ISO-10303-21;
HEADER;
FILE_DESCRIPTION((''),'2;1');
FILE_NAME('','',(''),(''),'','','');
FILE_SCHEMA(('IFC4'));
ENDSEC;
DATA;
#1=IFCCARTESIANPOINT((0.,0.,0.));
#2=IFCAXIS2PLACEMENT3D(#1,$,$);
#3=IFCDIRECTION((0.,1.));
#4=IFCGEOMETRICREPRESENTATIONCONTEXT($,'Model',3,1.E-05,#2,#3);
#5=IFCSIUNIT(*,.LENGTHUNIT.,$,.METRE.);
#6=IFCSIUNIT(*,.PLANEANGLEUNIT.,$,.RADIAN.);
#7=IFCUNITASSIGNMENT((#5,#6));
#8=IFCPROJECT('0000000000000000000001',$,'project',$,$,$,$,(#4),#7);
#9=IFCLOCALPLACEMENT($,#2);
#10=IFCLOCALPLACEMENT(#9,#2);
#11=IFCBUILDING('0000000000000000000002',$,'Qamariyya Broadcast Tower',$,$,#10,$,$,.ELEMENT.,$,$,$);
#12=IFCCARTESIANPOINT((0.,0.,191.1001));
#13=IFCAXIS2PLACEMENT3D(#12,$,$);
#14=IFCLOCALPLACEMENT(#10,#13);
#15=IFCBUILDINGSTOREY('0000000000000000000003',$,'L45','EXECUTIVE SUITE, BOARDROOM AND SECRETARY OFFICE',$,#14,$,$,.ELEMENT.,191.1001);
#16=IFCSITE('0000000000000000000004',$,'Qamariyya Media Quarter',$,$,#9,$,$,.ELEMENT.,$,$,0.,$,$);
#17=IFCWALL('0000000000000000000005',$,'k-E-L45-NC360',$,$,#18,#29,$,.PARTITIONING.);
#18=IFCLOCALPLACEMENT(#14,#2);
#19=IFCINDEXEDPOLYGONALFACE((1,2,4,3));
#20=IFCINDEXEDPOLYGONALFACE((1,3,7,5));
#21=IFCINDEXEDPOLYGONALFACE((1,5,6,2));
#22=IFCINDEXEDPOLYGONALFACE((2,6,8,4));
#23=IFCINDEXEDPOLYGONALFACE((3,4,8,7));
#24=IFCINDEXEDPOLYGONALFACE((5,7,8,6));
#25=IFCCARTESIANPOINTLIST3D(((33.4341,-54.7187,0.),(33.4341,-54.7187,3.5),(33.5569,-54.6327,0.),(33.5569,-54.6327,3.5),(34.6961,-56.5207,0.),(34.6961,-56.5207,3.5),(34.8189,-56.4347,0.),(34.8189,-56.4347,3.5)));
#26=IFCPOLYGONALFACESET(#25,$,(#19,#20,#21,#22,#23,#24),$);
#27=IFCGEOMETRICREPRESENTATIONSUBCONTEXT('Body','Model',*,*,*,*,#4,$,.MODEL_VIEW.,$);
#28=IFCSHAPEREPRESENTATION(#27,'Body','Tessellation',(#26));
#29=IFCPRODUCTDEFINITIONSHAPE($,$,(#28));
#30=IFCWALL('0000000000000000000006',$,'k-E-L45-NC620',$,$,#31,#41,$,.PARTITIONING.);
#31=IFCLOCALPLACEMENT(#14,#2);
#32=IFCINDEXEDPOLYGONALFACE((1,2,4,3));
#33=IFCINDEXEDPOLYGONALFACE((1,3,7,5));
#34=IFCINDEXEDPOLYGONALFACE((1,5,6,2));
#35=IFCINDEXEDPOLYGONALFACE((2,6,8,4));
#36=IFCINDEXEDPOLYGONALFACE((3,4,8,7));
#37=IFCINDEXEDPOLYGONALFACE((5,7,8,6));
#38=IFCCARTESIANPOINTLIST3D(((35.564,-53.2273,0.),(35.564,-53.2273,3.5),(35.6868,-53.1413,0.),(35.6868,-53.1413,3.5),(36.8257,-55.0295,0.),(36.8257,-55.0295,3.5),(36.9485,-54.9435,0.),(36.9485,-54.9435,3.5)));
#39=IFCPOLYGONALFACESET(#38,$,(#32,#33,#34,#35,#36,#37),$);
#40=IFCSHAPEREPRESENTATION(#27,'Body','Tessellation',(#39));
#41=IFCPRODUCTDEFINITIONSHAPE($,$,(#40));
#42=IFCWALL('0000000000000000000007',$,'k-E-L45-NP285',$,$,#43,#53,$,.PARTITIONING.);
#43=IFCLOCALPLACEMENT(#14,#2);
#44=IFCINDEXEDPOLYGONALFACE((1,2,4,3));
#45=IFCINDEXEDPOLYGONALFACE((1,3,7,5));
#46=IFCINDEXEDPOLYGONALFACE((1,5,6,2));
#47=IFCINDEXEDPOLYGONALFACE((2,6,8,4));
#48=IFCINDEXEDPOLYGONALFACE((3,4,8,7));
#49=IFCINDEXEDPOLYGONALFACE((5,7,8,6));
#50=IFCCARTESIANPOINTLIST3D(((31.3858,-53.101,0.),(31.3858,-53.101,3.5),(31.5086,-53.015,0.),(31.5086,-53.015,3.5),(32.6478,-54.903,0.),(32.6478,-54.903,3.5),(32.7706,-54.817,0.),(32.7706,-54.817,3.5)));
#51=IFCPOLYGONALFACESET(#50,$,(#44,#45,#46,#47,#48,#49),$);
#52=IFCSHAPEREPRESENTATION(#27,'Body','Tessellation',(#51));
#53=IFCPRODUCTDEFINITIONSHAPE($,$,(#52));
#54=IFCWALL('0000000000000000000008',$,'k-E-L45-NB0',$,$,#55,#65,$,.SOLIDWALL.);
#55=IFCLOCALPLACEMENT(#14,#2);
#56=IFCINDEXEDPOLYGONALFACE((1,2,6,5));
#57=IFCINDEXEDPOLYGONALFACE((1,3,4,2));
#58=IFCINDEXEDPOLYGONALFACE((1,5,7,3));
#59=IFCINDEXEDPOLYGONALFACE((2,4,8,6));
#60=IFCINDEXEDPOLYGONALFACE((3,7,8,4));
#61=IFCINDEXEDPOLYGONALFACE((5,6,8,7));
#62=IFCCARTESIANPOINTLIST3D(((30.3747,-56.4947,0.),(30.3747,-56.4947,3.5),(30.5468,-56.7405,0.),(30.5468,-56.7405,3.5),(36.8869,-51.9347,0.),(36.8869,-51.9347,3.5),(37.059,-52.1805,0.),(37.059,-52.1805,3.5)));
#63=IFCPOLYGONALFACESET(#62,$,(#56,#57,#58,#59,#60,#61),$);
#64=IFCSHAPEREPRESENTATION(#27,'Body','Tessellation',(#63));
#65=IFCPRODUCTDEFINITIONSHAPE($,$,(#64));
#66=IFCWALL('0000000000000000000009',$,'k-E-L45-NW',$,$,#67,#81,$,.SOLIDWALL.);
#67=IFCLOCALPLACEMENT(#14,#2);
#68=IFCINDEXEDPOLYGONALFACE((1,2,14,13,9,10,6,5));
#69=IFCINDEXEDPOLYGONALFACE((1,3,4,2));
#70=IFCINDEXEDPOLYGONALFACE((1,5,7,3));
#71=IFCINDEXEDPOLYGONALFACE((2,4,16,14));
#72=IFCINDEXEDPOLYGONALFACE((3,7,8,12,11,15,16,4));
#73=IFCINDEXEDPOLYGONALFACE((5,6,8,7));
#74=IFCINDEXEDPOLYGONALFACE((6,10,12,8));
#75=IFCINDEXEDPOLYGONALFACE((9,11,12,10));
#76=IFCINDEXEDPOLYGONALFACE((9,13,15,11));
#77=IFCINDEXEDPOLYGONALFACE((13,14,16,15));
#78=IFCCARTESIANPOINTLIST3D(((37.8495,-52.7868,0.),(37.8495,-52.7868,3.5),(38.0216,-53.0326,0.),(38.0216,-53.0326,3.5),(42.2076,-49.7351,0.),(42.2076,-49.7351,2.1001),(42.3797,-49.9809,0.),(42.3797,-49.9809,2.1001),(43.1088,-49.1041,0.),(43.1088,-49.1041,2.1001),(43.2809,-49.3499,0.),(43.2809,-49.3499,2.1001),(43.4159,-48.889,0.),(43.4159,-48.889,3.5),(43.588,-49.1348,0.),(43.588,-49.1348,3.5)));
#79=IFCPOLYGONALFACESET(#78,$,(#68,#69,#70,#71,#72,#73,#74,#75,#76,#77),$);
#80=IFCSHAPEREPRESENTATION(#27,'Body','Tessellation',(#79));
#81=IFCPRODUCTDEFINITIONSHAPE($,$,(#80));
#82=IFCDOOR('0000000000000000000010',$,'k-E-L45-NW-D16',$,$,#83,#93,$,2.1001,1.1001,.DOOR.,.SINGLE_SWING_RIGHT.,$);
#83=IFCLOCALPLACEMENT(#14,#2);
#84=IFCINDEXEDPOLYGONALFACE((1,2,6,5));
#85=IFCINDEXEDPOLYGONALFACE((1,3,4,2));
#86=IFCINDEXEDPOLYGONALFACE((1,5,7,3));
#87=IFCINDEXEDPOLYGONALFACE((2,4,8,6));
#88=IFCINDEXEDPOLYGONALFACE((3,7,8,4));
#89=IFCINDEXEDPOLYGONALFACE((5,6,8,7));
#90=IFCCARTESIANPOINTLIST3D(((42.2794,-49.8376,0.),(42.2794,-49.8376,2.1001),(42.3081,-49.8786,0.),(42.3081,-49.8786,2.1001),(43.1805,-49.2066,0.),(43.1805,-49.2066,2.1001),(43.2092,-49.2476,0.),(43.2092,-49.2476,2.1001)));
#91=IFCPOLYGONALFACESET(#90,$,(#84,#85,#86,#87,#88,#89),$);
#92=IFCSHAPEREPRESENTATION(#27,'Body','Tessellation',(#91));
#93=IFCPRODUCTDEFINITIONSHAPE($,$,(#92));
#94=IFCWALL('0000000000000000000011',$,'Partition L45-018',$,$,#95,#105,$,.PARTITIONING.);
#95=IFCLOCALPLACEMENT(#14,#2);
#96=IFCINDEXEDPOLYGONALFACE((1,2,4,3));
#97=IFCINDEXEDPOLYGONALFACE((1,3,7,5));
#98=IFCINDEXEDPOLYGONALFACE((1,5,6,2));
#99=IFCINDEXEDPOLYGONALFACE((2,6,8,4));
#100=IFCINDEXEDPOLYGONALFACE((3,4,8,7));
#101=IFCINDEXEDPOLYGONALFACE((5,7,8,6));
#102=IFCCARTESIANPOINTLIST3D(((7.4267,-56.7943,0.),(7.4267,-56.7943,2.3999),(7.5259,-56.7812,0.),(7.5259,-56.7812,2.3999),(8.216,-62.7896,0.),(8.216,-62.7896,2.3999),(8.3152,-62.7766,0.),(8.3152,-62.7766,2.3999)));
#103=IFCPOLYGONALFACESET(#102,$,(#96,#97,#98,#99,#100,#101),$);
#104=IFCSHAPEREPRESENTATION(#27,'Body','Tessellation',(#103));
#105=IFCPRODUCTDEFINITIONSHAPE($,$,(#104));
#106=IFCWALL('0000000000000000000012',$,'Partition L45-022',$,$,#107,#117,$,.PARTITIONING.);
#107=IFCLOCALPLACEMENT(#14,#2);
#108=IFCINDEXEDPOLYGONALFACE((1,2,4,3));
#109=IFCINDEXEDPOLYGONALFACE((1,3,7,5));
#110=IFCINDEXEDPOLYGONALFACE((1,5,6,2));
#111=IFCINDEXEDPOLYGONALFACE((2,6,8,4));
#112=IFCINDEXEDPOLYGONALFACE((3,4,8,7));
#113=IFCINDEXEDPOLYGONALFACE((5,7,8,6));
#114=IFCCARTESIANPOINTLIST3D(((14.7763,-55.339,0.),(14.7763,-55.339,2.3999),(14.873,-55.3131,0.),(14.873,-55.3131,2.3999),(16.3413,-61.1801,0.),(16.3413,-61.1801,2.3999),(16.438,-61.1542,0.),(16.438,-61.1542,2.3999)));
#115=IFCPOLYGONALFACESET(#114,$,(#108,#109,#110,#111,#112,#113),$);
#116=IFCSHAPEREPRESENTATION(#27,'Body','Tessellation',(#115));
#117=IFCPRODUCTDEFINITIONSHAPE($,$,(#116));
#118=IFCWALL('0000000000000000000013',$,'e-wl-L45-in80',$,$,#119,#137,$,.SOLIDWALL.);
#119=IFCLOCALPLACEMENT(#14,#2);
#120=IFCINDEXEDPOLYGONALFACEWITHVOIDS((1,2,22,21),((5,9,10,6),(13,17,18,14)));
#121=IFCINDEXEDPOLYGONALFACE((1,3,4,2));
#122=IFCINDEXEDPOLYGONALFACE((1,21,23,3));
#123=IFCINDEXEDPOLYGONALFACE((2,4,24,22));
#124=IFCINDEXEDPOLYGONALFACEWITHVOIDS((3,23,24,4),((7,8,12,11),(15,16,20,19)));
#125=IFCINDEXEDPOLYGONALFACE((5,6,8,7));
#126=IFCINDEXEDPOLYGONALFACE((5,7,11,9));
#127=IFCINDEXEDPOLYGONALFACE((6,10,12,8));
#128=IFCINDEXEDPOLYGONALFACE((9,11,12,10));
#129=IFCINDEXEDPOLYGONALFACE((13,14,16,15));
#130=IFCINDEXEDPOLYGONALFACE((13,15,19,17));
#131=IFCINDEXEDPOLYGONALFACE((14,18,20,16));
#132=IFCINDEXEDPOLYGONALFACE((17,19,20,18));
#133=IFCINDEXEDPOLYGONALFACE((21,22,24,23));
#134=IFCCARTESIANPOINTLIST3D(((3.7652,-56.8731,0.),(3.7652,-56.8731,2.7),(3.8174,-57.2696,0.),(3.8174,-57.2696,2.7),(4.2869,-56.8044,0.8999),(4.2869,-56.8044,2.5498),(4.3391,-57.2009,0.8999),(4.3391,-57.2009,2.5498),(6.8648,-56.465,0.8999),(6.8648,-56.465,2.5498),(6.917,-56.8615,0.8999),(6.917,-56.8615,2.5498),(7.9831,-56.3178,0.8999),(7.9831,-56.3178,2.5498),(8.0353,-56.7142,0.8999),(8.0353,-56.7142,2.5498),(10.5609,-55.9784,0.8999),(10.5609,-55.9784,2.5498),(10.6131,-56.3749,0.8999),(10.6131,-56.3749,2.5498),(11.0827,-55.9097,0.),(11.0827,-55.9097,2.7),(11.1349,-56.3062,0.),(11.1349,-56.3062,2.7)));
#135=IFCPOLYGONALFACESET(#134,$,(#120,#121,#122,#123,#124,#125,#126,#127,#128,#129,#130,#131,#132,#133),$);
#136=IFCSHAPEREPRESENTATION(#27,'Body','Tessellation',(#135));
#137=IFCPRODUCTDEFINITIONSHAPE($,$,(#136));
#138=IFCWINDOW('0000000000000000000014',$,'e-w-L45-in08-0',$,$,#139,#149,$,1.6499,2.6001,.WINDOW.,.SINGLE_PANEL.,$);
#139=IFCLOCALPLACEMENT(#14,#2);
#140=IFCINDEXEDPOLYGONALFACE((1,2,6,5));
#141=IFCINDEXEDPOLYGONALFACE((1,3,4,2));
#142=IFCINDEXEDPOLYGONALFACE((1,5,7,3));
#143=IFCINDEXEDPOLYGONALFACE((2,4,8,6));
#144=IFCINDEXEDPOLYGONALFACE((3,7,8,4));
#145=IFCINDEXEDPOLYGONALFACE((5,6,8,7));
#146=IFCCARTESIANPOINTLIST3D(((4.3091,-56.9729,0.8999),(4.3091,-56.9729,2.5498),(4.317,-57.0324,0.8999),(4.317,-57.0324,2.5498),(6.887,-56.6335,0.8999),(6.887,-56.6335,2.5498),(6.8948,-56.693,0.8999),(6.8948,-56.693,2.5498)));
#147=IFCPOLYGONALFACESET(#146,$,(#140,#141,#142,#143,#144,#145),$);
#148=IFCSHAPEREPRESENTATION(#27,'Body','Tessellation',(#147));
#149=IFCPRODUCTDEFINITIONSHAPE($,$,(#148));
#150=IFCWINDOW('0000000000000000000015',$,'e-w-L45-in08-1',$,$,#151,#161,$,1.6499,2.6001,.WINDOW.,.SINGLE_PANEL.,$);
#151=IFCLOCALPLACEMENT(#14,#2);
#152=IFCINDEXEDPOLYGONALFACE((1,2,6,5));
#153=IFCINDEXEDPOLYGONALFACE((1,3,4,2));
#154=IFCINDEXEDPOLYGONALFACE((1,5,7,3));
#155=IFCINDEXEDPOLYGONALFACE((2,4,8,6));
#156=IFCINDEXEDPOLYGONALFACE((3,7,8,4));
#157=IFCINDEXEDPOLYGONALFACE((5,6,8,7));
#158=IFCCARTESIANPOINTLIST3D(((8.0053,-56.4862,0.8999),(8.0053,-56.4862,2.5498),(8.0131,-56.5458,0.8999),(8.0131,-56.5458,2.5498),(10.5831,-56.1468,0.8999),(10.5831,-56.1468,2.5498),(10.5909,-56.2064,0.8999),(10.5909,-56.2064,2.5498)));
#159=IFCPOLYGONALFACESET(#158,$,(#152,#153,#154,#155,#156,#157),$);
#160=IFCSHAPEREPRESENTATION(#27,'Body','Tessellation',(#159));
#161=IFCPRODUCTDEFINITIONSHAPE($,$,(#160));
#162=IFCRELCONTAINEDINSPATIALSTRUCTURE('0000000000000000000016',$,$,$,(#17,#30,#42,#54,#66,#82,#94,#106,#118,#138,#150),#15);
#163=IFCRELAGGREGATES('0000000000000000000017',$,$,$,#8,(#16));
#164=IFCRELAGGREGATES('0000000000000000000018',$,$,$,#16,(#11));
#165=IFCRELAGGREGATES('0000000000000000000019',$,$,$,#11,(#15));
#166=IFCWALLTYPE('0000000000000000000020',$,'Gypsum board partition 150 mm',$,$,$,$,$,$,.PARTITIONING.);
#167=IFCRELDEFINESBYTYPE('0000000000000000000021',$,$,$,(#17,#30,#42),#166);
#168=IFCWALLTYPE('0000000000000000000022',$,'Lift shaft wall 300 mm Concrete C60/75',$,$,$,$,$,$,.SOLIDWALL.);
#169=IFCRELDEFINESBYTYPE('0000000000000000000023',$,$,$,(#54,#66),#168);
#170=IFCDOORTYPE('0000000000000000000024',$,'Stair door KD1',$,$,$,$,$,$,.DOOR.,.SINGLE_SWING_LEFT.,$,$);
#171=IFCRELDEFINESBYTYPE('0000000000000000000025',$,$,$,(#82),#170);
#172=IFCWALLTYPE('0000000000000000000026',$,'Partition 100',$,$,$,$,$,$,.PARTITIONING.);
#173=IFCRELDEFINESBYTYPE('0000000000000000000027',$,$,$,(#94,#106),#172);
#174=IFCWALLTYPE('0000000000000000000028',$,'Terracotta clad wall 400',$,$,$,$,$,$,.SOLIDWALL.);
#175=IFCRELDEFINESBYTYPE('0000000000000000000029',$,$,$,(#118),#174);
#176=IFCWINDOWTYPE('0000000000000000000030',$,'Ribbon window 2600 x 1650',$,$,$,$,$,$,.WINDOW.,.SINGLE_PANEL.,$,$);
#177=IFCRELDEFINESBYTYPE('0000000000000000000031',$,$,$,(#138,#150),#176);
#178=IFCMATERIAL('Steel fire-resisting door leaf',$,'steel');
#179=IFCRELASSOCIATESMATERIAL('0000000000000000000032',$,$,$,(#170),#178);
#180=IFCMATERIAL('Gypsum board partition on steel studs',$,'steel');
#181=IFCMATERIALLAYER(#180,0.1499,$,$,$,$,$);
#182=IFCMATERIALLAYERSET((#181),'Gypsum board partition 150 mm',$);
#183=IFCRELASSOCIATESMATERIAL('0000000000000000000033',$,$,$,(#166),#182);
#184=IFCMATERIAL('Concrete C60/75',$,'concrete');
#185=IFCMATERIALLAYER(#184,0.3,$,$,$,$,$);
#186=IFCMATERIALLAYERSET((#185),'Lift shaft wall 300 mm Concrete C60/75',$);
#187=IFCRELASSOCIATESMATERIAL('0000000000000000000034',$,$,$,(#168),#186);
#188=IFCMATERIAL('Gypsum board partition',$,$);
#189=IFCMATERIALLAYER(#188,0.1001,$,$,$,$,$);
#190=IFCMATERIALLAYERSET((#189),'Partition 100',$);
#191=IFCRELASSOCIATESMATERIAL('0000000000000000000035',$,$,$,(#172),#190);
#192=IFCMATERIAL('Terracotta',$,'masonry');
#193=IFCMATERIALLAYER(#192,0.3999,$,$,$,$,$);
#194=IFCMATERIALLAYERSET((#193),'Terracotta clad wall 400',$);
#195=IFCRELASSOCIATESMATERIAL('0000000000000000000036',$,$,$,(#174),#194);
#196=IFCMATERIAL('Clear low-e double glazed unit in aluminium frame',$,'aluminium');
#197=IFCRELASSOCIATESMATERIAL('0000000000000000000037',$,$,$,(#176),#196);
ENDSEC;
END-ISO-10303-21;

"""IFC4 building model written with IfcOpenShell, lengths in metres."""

from ifc_helpers import new_model, si_unit, direction, frame, frame_2d, origin, place, context, subcontext, project, spatial, rectangle, extrude, material, layer, layer_set, type_object, element, fill, save


model = new_model("IFC4")

# Units and contexts
model_context = context("Model", 3, precision=1e-05, world=origin(), true_north=direction((0.0, 1.0)))
body_context = subcontext(model_context, "Body", "Model", "MODEL_VIEW")
ifc_project = project(units=[si_unit("LENGTHUNIT", "METRE"), si_unit("PLANEANGLEUNIT", "RADIAN")], contexts=[model_context])

# Site, building, storey
site_placement = place(None, origin())
site = spatial("IfcSite", under=ifc_project, at=site_placement, Name="Qamariyya Media Quarter", CompositionType="ELEMENT", RefElevation=0.0)
building_placement = place(site_placement, origin())
building = spatial("IfcBuilding", under=site, at=building_placement, Name="Qamariyya Broadcast Tower", CompositionType="ELEMENT")
storey_placement = place(building_placement, frame((0.0, 0.0, 191.1001)))
storey = spatial("IfcBuildingStorey", under=building, at=storey_placement, Name="L45", Description="EXECUTIVE SUITE, BOARDROOM AND SECRETARY OFFICE", CompositionType="ELEMENT", Elevation=191.1001)

# Shared definitions
ifc_material_1 = material(Name="Concrete C60/75", Category="concrete")

# Shared definitions
ifc_material_2 = material(Name="Steel fire-resisting door leaf", Category="steel")
door_type_1 = type_object("IfcDoorType", Name="Stair door KD1", OperationType="SINGLE_SWING_LEFT", PredefinedType="DOOR", material=ifc_material_2)

# Walls
ifc_material_3 = material(Name="Gypsum board partition")
ifc_material_4 = material(Name="Gypsum board partition on steel studs", Category="steel")
ifc_layer_1 = layer(ifc_material_4, 0.1499)
ifc_layer_set_1 = layer_set([ifc_layer_1], Name="Gypsum board partition 150 mm")
wall_type_1 = type_object("IfcWallType", Name="Gypsum board partition 150 mm", PredefinedType="PARTITIONING", material=ifc_layer_set_1)
for number, where, z_axis, x_axis, name in (
    (1, (34.7576, -56.4778, 0.0), (0.0, 0.0, 1.0), (-0.573634, 0.819112, 0.0), "k-E-L45-NC360"),
    (2, (36.8872, -54.9866, 0.0), (0.0, 0.0, 1.0), (-0.573507, 0.819201, 0.0), "k-E-L45-NC620"),
    (3, (32.7092, -54.8601, 0.0), (0.0, 0.0, 1.0), (-0.573634, 0.819112, 0.0), "k-E-L45-NP285"),
):
    element("IfcWall", number, at=place(storey_placement, frame(where, z_axis=z_axis, x_axis=x_axis)), inside=storey, type_object=wall_type_1, Name=name, PredefinedType="PARTITIONING", context=body_context, shape_type="SweptSolid", body=[
        extrude(rectangle(XDim=2.2, YDim=0.1499, at=frame_2d((1.1001, 0.0))), origin(), (0.0, 0.0, 1.0), 3.5),
    ])
ifc_layer_2 = layer(ifc_material_1, 0.3)
ifc_layer_set_2 = layer_set([ifc_layer_2], Name="Lift shaft wall 300 mm Concrete C60/75")
wall_type_2 = type_object("IfcWallType", Name="Lift shaft wall 300 mm Concrete C60/75", PredefinedType="SOLIDWALL", material=ifc_layer_set_2)
wall_1_placement = place(storey_placement, frame((30.4607, -56.6177, 0.0), z_axis=(0.0, 0.0, 1.0), x_axis=(0.819142, 0.57359, 0.0)))
element("IfcWall", 4, at=wall_1_placement, inside=storey, type_object=wall_type_2, Name="k-E-L45-NB0", PredefinedType="SOLIDWALL", context=body_context, shape_type="SweptSolid", body=[
    extrude(rectangle(XDim=7.95, YDim=0.3, at=frame_2d((3.9751, 0.0))), origin(), (0.0, 0.0, 1.0), 3.5),
])

# Wall, opening, door
wall_2_placement = place(storey_placement, frame((37.9355, -52.9097, 0.0), z_axis=(0.0, 0.0, 1.0), x_axis=(0.819148, 0.573583, 0.0)))
wall_2 = element("IfcWall", 5, at=wall_2_placement, inside=storey, type_object=wall_type_2, Name="k-E-L45-NW", PredefinedType="SOLIDWALL", context=body_context, shape_type="SweptSolid", body=[
    extrude(rectangle(XDim=6.7954, YDim=0.3, at=frame_2d((3.3977, 0.0))), origin(), (0.0, 0.0, 1.0), 3.5),
])
opening_1_placement = place(wall_2_placement, frame((5.3203, 0.0, 0.0)))
opening_1 = element("IfcOpeningElement", 6, at=opening_1_placement, cuts=wall_2, PredefinedType="OPENING", context=body_context, shape_type="SweptSolid", body=[
    extrude(rectangle(XDim=1.1001, YDim=2.1001, at=frame_2d((0.55, 1.05))), frame((0.0, 0.1599, 0.0), z_axis=(0.0, -1.0, 0.0), x_axis=(1.0, 0.0, 0.0)), (0.0, 0.0, 1.0), 0.3201),
])
door_1_placement = place(opening_1_placement, origin())
door_1 = element("IfcDoor", 7, at=door_1_placement, inside=storey, type_object=door_type_1, Name="k-E-L45-NW-D16", OperationType="SINGLE_SWING_RIGHT", OverallHeight=2.1001, OverallWidth=1.1001, PredefinedType="DOOR", context=body_context, shape_type="SweptSolid", body=[
    extrude(rectangle(XDim=1.1001, YDim=2.1001, at=frame_2d((0.55, 1.05))), frame((0.0, 0.0249, 0.0), z_axis=(0.0, -1.0, 0.0), x_axis=(1.0, 0.0, 0.0)), (0.0, 0.0, 1.0), 0.05),
])
fill(opening_1, door_1)

# Walls
ifc_layer_3 = layer(ifc_material_3, 0.1001)
ifc_layer_set_3 = layer_set([ifc_layer_3], Name="Partition 100")
wall_type_3 = type_object("IfcWallType", Name="Partition 100", PredefinedType="PARTITIONING", material=ifc_layer_set_3)
for number, where, z_axis, x_axis, name in (
    (8, (7.4763, -56.7878, 0.0), (0.0, 0.0, 1.0), (0.130527, -0.991445, 0.0), "Partition L45-018"),
    (9, (14.8247, -55.3262, 0.0), (0.0, 0.0, 1.0), (0.258793, -0.965933, 0.0), "Partition L45-022"),
):
    element("IfcWall", number, at=place(storey_placement, frame(where, z_axis=z_axis, x_axis=x_axis)), inside=storey, type_object=wall_type_3, Name=name, PredefinedType="PARTITIONING", context=body_context, shape_type="SweptSolid", body=[
        extrude(rectangle(XDim=6.0471, YDim=0.1001, at=frame_2d((3.0234, 0.0))), origin(), (0.0, 0.0, 1.0), 2.3999),
    ])

# Wall, openings, windows
ifc_material_5 = material(Name="Terracotta", Category="masonry")
ifc_layer_4 = layer(ifc_material_5, 0.3999)
ifc_layer_set_4 = layer_set([ifc_layer_4], Name="Terracotta clad wall 400")
wall_type_4 = type_object("IfcWallType", Name="Terracotta clad wall 400", PredefinedType="SOLIDWALL", material=ifc_layer_set_4)
wall_3_placement = place(storey_placement, frame((11.1089, -56.1079, 0.0), z_axis=(0.0, 0.0, 1.0), x_axis=(-0.991444, -0.13053, 0.0)))
wall_3 = element("IfcWall", 10, at=wall_3_placement, inside=storey, type_object=wall_type_4, Name="e-wl-L45-in80", PredefinedType="SOLIDWALL", context=body_context, shape_type="SweptSolid", body=[
    extrude(rectangle(XDim=7.3806, YDim=0.3999, at=frame_2d((3.6904, 0.0))), origin(), (0.0, 0.0, 1.0), 2.7),
])
opening_2_placement = place(wall_3_placement, frame((4.2544, 0.0, 0.8999)))
opening_2 = element("IfcOpeningElement", 11, at=opening_2_placement, cuts=wall_3, PredefinedType="OPENING", context=body_context, shape_type="SweptSolid", body=[
    extrude(rectangle(XDim=2.6001, YDim=1.6499, at=frame_2d((1.3, 0.825))), frame((0.0, 0.21, 0.0), z_axis=(0.0, -1.0, 0.0), x_axis=(1.0, 0.0, 0.0)), (0.0, 0.0, 1.0), 0.4199),
])
opening_3_placement = place(wall_3_placement, frame((0.5264, 0.0, 0.8999)))
opening_3 = element("IfcOpeningElement", 12, at=opening_3_placement, cuts=wall_3, PredefinedType="OPENING", context=body_context, shape_type="SweptSolid", body=[
    extrude(rectangle(XDim=2.6001, YDim=1.6499, at=frame_2d((1.3, 0.825))), frame((0.0, 0.21, 0.0), z_axis=(0.0, -1.0, 0.0), x_axis=(1.0, 0.0, 0.0)), (0.0, 0.0, 1.0), 0.4199),
])
ifc_material_6 = material(Name="Clear low-e double glazed unit in aluminium frame", Category="aluminium")
window_type = type_object("IfcWindowType", Name="Ribbon window 2600 x 1650", PartitioningType="SINGLE_PANEL", PredefinedType="WINDOW", material=ifc_material_6)
window_1_placement = place(opening_2_placement, origin())
window_1 = element("IfcWindow", 13, at=window_1_placement, inside=storey, type_object=window_type, Name="e-w-L45-in08-0", OverallHeight=1.6499, OverallWidth=2.6001, PartitioningType="SINGLE_PANEL", PredefinedType="WINDOW", context=body_context, shape_type="SweptSolid", body=[
    extrude(rectangle(XDim=2.6001, YDim=1.6499, at=frame_2d((1.3, 0.825))), frame((0.0, 0.03, 0.0), z_axis=(0.0, -1.0, 0.0), x_axis=(1.0, 0.0, 0.0)), (0.0, 0.0, 1.0), 0.0601),
])
fill(opening_2, window_1)
window_2_placement = place(opening_3_placement, origin())
window_2 = element("IfcWindow", 14, at=window_2_placement, inside=storey, type_object=window_type, Name="e-w-L45-in08-1", OverallHeight=1.6499, OverallWidth=2.6001, PartitioningType="SINGLE_PANEL", PredefinedType="WINDOW", context=body_context, shape_type="SweptSolid", body=[
    extrude(rectangle(XDim=2.6001, YDim=1.6499, at=frame_2d((1.3, 0.825))), frame((0.0, 0.03, 0.0), z_axis=(0.0, -1.0, 0.0), x_axis=(1.0, 0.0, 0.0)), (0.0, 0.0, 1.0), 0.0601),
])
fill(opening_3, window_2)

save(model, "model.ifc")
